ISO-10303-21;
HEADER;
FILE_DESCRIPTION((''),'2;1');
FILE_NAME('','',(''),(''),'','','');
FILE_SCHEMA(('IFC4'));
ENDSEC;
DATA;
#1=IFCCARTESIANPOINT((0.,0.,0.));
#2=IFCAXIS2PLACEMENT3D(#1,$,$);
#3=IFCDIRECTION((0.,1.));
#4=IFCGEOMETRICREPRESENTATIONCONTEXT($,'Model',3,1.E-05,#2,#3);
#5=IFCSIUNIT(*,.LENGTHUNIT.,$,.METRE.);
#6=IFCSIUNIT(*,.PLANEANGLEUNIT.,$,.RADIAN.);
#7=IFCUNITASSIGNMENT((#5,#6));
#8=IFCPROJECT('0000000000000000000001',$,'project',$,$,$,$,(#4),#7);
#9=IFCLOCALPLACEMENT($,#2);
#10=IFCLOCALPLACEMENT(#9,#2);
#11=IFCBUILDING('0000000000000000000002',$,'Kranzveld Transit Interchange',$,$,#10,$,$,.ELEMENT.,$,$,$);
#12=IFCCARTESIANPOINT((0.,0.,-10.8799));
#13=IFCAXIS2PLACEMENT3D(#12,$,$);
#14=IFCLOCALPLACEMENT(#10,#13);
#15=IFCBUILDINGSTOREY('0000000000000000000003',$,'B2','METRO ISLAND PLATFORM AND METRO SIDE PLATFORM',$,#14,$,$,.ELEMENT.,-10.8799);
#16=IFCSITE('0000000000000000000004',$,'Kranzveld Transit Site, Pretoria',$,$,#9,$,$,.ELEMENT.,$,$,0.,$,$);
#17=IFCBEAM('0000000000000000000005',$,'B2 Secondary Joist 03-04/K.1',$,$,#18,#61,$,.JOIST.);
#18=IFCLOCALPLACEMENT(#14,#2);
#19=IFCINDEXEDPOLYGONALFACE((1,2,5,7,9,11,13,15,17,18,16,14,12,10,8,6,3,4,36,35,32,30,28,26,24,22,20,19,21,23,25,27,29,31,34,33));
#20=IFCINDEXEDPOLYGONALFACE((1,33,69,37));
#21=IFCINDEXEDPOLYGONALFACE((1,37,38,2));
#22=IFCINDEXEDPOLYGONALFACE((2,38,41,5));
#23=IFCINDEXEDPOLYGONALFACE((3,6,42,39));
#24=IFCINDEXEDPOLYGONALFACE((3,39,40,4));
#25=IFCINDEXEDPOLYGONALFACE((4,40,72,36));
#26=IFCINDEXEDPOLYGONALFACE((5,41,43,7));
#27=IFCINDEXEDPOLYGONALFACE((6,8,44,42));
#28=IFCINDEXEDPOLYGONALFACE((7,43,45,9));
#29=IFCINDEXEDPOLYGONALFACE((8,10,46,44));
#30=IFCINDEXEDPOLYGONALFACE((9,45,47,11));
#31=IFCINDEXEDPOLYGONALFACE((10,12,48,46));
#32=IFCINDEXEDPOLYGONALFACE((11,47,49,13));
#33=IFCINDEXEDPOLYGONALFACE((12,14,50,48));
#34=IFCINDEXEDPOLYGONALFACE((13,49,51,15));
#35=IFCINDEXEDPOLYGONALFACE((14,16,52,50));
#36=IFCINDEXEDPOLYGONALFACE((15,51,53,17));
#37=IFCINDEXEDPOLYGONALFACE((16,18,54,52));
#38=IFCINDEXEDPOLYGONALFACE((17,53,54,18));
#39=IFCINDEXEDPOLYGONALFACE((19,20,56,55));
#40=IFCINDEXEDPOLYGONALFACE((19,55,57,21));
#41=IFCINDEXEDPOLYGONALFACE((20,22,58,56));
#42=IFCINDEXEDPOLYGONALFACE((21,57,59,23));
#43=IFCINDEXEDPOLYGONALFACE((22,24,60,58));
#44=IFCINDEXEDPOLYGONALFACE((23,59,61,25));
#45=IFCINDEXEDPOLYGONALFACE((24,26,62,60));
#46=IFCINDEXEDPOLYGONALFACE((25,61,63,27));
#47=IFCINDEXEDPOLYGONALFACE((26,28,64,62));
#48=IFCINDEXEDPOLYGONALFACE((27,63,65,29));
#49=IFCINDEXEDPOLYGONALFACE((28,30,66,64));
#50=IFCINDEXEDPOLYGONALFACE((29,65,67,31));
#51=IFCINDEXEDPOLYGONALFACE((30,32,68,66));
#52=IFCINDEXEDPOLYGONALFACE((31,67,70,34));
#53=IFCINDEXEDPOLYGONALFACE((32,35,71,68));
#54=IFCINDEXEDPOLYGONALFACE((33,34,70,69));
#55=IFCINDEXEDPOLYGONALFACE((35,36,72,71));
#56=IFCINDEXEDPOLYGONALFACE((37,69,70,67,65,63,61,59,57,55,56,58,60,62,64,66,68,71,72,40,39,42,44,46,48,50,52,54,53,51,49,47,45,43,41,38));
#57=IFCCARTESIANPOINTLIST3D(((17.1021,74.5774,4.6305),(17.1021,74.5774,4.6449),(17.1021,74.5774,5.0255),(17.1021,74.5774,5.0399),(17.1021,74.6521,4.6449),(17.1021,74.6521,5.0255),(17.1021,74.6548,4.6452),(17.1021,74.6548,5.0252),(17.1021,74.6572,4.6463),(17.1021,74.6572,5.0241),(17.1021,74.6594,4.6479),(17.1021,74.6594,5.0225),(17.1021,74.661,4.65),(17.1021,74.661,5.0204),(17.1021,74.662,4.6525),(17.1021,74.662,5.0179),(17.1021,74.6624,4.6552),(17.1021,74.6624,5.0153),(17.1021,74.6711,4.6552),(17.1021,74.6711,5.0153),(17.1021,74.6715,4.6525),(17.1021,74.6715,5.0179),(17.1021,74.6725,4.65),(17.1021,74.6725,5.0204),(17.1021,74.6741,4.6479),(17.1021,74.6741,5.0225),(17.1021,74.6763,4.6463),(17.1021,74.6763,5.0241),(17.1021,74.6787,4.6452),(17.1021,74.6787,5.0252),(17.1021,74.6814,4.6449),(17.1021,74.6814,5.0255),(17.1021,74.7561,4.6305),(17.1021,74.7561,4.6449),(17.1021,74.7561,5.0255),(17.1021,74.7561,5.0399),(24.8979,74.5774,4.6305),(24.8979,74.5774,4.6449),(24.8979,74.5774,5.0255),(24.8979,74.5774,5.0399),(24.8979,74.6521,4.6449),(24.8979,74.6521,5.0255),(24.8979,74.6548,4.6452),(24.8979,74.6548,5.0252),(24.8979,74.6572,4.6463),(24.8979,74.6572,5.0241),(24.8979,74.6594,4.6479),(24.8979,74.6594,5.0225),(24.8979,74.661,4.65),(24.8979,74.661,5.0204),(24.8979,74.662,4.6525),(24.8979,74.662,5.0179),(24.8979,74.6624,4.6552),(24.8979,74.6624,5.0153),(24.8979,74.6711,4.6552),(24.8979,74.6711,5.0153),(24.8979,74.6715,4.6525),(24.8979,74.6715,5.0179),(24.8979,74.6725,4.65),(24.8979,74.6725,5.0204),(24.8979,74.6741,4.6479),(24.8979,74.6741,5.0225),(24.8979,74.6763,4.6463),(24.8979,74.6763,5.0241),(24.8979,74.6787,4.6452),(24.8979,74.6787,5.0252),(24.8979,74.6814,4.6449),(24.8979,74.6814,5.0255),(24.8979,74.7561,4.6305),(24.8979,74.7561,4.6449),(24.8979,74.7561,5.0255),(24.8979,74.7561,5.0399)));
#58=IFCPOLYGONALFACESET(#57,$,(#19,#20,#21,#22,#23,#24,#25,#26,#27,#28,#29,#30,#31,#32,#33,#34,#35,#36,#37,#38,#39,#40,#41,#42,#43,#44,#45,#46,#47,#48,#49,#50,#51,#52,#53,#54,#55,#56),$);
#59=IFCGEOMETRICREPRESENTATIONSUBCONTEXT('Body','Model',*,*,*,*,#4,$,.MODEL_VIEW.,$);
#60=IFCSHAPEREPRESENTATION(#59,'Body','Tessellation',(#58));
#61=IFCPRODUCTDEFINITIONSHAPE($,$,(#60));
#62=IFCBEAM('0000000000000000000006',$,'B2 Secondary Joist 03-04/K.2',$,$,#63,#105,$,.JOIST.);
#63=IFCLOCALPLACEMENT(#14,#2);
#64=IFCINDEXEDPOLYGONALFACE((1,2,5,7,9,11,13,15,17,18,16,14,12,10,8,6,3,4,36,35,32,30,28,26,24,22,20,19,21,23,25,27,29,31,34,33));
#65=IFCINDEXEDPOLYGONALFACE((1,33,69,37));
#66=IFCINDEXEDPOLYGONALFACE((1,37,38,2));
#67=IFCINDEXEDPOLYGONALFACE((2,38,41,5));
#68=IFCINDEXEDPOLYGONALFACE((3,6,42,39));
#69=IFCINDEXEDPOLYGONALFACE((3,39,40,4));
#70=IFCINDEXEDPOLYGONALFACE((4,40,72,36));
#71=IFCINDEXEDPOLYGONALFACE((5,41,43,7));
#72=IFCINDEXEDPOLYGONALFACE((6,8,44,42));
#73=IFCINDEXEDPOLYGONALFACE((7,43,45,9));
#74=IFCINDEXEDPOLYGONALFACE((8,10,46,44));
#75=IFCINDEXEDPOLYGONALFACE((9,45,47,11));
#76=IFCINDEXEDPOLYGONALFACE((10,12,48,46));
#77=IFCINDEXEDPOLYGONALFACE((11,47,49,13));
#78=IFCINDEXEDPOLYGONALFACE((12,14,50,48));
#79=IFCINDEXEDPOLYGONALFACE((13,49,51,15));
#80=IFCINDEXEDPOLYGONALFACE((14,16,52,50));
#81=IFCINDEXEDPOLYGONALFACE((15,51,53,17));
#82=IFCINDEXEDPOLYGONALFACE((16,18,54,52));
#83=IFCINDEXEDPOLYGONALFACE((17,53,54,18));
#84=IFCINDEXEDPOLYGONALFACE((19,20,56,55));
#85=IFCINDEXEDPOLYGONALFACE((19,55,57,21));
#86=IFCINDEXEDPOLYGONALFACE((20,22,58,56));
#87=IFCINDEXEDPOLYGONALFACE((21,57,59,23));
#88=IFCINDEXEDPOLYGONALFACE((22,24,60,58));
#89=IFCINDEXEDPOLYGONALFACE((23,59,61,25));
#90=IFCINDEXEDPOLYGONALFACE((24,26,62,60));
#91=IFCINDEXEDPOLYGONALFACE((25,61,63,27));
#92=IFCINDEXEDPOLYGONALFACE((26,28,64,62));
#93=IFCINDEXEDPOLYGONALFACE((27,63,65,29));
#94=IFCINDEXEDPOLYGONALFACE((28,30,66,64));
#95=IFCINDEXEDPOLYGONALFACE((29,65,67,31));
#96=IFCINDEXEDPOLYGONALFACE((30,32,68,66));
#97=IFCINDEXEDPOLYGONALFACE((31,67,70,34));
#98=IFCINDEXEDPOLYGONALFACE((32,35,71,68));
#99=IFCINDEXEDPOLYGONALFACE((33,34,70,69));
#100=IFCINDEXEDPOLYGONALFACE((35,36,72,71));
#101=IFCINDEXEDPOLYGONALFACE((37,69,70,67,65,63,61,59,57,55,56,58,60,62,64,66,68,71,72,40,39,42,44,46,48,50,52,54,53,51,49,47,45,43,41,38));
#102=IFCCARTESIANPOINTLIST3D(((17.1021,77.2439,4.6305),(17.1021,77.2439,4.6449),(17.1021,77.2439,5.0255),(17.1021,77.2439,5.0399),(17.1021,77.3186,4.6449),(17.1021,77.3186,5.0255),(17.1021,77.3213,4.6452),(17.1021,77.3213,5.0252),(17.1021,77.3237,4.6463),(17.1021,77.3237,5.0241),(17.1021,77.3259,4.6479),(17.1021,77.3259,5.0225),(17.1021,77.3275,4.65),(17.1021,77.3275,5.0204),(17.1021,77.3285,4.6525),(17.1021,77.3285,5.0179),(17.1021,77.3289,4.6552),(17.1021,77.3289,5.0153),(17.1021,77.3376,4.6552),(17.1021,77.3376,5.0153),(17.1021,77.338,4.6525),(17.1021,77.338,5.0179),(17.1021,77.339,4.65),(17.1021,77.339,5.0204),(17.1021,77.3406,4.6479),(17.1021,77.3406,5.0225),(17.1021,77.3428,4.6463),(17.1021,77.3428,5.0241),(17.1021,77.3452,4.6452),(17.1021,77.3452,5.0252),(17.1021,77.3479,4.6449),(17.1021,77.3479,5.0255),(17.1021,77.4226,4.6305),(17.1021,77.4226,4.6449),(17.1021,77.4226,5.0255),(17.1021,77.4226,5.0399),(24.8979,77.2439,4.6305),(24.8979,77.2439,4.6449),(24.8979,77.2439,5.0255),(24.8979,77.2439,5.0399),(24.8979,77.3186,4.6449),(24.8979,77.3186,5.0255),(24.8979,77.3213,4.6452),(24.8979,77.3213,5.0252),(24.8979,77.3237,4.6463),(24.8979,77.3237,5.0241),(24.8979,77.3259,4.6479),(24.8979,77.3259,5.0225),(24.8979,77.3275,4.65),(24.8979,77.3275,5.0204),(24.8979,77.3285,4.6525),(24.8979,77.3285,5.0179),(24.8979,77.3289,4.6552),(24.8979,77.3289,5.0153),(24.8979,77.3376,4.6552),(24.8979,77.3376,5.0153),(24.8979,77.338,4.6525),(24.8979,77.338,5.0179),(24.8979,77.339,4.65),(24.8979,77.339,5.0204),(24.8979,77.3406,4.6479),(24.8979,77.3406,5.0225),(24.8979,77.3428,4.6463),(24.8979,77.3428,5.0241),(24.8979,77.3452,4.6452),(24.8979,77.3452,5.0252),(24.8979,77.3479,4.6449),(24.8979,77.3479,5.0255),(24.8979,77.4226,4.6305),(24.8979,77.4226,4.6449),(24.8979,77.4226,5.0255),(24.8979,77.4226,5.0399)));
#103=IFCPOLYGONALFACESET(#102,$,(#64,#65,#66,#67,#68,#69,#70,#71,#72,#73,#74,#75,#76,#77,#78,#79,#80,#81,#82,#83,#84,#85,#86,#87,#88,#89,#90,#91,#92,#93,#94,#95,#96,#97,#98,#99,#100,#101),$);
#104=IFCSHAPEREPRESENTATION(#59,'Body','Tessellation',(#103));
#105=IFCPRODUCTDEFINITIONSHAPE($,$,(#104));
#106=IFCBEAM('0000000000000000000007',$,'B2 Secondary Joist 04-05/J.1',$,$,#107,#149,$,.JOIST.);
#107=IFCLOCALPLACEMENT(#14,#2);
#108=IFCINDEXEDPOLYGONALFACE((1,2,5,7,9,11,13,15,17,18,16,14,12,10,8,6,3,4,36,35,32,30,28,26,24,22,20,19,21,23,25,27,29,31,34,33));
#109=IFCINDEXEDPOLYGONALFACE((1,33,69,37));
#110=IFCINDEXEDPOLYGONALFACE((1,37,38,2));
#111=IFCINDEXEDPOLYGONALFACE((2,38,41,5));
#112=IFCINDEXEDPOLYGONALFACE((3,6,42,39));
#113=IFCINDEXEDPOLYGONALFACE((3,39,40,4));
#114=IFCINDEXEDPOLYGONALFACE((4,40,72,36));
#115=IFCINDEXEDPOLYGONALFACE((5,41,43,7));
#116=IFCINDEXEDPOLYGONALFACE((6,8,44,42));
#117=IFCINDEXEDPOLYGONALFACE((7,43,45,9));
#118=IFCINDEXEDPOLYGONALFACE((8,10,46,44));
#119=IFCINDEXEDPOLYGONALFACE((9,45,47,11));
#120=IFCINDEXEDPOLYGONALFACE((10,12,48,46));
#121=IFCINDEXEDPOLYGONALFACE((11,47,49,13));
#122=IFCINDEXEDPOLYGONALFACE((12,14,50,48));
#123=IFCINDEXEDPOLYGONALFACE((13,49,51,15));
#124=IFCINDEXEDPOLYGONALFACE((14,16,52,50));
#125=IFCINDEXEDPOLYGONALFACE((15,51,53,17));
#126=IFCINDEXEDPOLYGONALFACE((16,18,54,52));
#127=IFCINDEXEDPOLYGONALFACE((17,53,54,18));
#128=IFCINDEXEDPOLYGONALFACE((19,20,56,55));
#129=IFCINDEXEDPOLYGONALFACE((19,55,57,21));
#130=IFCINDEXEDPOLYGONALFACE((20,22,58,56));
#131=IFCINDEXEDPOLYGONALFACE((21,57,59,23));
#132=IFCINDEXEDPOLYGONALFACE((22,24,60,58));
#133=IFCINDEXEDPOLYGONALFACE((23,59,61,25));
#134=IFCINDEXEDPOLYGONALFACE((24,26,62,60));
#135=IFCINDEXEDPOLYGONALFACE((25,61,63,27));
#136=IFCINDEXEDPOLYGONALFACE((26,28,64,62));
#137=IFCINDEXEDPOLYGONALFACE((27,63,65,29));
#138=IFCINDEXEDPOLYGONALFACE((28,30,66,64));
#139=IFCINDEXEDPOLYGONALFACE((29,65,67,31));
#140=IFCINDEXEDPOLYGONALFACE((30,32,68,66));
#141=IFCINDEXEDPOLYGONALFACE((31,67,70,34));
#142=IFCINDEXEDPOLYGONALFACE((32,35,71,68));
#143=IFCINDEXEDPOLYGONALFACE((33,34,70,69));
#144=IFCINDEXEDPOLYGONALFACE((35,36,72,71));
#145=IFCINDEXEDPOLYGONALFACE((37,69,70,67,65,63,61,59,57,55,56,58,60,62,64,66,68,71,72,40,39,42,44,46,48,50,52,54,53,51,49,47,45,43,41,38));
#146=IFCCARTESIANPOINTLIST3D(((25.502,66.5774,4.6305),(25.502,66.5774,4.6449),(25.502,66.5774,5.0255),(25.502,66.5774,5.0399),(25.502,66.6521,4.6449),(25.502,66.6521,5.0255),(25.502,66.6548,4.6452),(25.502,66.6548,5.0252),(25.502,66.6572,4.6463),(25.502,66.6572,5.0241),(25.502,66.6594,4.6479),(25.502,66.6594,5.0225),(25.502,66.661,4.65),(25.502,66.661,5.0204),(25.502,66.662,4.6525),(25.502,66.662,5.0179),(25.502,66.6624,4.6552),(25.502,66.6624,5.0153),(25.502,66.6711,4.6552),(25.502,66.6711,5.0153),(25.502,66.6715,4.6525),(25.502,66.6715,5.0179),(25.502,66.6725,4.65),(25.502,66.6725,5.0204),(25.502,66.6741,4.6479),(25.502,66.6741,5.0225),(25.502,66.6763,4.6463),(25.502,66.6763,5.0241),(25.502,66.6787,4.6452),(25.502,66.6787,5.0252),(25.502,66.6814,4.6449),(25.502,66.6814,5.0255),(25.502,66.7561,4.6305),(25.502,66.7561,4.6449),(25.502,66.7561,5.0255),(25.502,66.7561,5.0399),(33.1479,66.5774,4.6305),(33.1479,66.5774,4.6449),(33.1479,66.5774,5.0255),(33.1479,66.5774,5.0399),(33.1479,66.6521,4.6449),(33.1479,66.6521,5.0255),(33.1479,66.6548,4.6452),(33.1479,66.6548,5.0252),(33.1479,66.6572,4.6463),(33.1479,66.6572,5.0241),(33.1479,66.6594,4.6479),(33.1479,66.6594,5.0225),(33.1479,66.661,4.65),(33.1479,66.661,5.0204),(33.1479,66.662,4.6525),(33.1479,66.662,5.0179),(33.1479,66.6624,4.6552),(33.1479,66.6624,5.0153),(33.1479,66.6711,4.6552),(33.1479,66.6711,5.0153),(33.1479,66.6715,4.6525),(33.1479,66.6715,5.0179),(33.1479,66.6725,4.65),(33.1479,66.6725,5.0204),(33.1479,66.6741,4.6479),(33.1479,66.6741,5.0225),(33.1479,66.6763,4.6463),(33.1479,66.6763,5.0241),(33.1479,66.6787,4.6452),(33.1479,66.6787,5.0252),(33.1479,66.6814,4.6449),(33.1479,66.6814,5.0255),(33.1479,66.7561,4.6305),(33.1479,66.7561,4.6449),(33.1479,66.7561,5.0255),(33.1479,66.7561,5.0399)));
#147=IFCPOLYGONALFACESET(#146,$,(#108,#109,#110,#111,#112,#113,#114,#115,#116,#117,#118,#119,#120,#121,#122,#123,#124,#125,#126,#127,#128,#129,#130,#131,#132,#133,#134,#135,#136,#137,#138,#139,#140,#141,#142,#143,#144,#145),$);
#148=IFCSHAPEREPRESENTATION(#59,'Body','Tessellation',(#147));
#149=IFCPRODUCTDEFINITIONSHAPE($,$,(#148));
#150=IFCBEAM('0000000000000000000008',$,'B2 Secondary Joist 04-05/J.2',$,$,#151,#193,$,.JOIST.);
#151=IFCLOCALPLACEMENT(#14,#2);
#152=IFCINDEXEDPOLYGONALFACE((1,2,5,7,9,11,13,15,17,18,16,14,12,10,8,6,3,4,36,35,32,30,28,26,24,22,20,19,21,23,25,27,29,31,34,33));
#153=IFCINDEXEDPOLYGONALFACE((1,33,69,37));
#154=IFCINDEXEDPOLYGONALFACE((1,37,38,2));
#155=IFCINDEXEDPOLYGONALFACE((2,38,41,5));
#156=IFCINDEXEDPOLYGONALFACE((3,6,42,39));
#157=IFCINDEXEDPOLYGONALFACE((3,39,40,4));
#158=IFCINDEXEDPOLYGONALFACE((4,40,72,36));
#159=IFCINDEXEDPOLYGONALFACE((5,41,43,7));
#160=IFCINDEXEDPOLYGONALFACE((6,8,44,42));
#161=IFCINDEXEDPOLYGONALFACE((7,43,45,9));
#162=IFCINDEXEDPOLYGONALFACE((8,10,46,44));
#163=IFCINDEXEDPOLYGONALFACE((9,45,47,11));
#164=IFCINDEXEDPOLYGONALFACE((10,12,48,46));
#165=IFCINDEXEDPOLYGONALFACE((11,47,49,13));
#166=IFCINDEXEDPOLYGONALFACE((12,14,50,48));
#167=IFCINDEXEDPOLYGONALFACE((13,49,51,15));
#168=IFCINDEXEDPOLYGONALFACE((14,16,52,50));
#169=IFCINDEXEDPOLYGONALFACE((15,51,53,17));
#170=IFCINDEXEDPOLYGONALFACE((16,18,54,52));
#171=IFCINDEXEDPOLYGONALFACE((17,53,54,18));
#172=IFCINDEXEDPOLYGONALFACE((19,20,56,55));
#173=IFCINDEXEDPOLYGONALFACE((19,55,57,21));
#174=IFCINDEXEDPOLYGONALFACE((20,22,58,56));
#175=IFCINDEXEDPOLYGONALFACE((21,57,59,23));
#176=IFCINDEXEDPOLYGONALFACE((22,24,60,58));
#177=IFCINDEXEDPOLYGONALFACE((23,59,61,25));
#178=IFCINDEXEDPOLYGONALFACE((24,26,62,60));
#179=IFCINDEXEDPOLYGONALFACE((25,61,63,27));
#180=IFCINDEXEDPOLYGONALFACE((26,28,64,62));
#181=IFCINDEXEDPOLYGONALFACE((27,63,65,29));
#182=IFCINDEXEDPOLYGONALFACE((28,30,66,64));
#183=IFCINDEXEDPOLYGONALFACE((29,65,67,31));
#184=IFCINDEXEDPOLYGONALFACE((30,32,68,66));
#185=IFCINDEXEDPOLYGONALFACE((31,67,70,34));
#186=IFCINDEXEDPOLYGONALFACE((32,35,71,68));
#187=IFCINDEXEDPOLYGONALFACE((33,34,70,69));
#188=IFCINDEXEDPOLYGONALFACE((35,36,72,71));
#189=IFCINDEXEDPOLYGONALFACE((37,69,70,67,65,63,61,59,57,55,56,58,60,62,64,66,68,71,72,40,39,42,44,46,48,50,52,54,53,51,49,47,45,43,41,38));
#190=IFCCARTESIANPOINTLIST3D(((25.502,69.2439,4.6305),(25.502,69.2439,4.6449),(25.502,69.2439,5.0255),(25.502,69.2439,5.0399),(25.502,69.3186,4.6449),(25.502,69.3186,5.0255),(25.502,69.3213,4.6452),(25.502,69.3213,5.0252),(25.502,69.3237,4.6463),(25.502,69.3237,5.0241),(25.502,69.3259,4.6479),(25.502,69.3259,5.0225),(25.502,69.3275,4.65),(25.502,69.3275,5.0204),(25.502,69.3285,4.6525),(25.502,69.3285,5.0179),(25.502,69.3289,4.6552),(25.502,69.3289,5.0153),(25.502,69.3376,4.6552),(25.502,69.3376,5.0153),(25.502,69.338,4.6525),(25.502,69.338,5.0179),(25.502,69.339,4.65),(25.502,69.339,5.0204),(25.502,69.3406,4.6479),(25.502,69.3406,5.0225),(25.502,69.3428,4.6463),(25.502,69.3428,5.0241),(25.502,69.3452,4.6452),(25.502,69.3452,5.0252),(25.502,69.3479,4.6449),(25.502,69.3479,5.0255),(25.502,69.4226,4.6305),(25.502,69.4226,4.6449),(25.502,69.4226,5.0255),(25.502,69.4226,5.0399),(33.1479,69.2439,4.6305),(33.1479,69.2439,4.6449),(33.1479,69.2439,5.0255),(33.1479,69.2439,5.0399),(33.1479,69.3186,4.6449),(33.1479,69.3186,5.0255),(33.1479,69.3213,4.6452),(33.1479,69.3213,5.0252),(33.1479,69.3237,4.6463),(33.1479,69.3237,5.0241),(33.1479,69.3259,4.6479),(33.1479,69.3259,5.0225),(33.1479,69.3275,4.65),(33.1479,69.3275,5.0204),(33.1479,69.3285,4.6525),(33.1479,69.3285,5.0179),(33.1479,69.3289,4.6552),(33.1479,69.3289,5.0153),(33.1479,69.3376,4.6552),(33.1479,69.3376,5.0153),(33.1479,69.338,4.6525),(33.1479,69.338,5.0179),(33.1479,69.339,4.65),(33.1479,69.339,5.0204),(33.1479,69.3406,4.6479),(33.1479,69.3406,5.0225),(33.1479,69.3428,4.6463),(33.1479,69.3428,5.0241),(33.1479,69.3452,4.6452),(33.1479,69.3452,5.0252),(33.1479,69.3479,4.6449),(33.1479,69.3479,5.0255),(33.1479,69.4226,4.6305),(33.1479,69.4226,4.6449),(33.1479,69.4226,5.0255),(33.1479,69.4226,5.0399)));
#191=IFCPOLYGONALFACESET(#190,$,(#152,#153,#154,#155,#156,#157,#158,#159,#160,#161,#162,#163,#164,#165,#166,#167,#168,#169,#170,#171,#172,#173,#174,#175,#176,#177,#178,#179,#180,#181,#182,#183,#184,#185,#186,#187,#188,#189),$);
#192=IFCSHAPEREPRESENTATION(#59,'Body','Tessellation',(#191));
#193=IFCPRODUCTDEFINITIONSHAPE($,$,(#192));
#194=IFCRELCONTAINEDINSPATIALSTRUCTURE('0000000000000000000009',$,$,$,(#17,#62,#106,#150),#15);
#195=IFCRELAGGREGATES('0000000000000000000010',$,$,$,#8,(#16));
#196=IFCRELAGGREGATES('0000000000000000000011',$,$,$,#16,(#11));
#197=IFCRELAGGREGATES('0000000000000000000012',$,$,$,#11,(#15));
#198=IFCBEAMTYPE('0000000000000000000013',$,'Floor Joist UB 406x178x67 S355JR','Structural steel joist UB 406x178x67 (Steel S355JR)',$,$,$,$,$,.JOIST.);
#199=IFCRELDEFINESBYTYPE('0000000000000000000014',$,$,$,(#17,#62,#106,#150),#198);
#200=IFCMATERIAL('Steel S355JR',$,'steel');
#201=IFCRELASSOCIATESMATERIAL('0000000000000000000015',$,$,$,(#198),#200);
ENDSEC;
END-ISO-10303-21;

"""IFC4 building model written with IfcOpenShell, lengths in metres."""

from ifc_helpers import new_model, si_unit, direction, frame, origin, origin_2d, place, context, subcontext, project, spatial, i_section, extrude, material, material_profile, profile_set, type_object, element, save


model = new_model("IFC4")

# Units and contexts
model_context = context("Model", 3, precision=1e-05, world=origin(), true_north=direction((0.0, 1.0)))
body_context = subcontext(model_context, "Body", "Model", "MODEL_VIEW")
ifc_project = project(units=[si_unit("LENGTHUNIT", "METRE"), si_unit("PLANEANGLEUNIT", "RADIAN")], contexts=[model_context])

# Site, building, storey
site_placement = place(None, origin())
site = spatial("IfcSite", under=ifc_project, at=site_placement, Name="Kranzveld Transit Site, Pretoria", CompositionType="ELEMENT", RefElevation=0.0)
building_placement = place(site_placement, origin())
building = spatial("IfcBuilding", under=site, at=building_placement, Name="Kranzveld Transit Interchange", CompositionType="ELEMENT")
storey_placement = place(building_placement, frame((0.0, 0.0, -10.8799)))
storey = spatial("IfcBuildingStorey", under=building, at=storey_placement, Name="B2", Description="METRO ISLAND PLATFORM AND METRO SIDE PLATFORM", CompositionType="ELEMENT", Elevation=-10.8799)

# Beams
ifc_material_1 = material(Name="Steel S355JR", Category="steel")
ifc_material_profile_1 = material_profile(ifc_material_1, i_section(OverallWidth=0.1787, OverallDepth=0.4094, WebThickness=0.0088, FlangeThickness=0.0144, FilletRadius=0.0103, at=origin_2d()), Name="UB 406x178x67")
ifc_profile_set_1 = profile_set([ifc_material_profile_1], Name="Steel S355JR")
beam_type_1 = type_object("IfcBeamType", Name="Floor Joist UB 406x178x67 S355JR", Description="Structural steel joist UB 406x178x67 (Steel S355JR)", PredefinedType="JOIST", material=ifc_profile_set_1)
for number, where, z_axis, x_axis, name in (
    (1, (17.1021, 74.6667, 4.8352), (1.0, 0.0, 0.0), (0.0, 1.0, 0.0), "B2 Secondary Joist 03-04/K.1"),
    (2, (17.1021, 77.3333, 4.8352), (1.0, 0.0, 0.0), (0.0, 1.0, 0.0), "B2 Secondary Joist 03-04/K.2"),
):
    element("IfcBeam", number, at=place(storey_placement, frame(where, z_axis=z_axis, x_axis=x_axis)), inside=storey, type_object=beam_type_1, Name=name, PredefinedType="JOIST", context=body_context, shape_type="SweptSolid", body=[
        extrude(i_section(OverallWidth=0.1787, OverallDepth=0.4094, WebThickness=0.0088, FlangeThickness=0.0144, FilletRadius=0.0103, at=origin_2d()), origin(), (0.0, 0.0, 1.0), 7.7959),
    ])
for number, where, z_axis, x_axis, name in (
    (3, (25.502, 66.6667, 4.8352), (1.0, 0.0, 0.0), (0.0, 1.0, 0.0), "B2 Secondary Joist 04-05/J.1"),
    (4, (25.502, 69.3333, 4.8352), (1.0, 0.0, 0.0), (0.0, 1.0, 0.0), "B2 Secondary Joist 04-05/J.2"),
):
    element("IfcBeam", number, at=place(storey_placement, frame(where, z_axis=z_axis, x_axis=x_axis)), inside=storey, type_object=beam_type_1, Name=name, PredefinedType="JOIST", context=body_context, shape_type="SweptSolid", body=[
        extrude(i_section(OverallWidth=0.1787, OverallDepth=0.4094, WebThickness=0.0088, FlangeThickness=0.0144, FilletRadius=0.0103, at=origin_2d()), origin(), (0.0, 0.0, 1.0), 7.646),
    ])

save(model, "model.ifc")
